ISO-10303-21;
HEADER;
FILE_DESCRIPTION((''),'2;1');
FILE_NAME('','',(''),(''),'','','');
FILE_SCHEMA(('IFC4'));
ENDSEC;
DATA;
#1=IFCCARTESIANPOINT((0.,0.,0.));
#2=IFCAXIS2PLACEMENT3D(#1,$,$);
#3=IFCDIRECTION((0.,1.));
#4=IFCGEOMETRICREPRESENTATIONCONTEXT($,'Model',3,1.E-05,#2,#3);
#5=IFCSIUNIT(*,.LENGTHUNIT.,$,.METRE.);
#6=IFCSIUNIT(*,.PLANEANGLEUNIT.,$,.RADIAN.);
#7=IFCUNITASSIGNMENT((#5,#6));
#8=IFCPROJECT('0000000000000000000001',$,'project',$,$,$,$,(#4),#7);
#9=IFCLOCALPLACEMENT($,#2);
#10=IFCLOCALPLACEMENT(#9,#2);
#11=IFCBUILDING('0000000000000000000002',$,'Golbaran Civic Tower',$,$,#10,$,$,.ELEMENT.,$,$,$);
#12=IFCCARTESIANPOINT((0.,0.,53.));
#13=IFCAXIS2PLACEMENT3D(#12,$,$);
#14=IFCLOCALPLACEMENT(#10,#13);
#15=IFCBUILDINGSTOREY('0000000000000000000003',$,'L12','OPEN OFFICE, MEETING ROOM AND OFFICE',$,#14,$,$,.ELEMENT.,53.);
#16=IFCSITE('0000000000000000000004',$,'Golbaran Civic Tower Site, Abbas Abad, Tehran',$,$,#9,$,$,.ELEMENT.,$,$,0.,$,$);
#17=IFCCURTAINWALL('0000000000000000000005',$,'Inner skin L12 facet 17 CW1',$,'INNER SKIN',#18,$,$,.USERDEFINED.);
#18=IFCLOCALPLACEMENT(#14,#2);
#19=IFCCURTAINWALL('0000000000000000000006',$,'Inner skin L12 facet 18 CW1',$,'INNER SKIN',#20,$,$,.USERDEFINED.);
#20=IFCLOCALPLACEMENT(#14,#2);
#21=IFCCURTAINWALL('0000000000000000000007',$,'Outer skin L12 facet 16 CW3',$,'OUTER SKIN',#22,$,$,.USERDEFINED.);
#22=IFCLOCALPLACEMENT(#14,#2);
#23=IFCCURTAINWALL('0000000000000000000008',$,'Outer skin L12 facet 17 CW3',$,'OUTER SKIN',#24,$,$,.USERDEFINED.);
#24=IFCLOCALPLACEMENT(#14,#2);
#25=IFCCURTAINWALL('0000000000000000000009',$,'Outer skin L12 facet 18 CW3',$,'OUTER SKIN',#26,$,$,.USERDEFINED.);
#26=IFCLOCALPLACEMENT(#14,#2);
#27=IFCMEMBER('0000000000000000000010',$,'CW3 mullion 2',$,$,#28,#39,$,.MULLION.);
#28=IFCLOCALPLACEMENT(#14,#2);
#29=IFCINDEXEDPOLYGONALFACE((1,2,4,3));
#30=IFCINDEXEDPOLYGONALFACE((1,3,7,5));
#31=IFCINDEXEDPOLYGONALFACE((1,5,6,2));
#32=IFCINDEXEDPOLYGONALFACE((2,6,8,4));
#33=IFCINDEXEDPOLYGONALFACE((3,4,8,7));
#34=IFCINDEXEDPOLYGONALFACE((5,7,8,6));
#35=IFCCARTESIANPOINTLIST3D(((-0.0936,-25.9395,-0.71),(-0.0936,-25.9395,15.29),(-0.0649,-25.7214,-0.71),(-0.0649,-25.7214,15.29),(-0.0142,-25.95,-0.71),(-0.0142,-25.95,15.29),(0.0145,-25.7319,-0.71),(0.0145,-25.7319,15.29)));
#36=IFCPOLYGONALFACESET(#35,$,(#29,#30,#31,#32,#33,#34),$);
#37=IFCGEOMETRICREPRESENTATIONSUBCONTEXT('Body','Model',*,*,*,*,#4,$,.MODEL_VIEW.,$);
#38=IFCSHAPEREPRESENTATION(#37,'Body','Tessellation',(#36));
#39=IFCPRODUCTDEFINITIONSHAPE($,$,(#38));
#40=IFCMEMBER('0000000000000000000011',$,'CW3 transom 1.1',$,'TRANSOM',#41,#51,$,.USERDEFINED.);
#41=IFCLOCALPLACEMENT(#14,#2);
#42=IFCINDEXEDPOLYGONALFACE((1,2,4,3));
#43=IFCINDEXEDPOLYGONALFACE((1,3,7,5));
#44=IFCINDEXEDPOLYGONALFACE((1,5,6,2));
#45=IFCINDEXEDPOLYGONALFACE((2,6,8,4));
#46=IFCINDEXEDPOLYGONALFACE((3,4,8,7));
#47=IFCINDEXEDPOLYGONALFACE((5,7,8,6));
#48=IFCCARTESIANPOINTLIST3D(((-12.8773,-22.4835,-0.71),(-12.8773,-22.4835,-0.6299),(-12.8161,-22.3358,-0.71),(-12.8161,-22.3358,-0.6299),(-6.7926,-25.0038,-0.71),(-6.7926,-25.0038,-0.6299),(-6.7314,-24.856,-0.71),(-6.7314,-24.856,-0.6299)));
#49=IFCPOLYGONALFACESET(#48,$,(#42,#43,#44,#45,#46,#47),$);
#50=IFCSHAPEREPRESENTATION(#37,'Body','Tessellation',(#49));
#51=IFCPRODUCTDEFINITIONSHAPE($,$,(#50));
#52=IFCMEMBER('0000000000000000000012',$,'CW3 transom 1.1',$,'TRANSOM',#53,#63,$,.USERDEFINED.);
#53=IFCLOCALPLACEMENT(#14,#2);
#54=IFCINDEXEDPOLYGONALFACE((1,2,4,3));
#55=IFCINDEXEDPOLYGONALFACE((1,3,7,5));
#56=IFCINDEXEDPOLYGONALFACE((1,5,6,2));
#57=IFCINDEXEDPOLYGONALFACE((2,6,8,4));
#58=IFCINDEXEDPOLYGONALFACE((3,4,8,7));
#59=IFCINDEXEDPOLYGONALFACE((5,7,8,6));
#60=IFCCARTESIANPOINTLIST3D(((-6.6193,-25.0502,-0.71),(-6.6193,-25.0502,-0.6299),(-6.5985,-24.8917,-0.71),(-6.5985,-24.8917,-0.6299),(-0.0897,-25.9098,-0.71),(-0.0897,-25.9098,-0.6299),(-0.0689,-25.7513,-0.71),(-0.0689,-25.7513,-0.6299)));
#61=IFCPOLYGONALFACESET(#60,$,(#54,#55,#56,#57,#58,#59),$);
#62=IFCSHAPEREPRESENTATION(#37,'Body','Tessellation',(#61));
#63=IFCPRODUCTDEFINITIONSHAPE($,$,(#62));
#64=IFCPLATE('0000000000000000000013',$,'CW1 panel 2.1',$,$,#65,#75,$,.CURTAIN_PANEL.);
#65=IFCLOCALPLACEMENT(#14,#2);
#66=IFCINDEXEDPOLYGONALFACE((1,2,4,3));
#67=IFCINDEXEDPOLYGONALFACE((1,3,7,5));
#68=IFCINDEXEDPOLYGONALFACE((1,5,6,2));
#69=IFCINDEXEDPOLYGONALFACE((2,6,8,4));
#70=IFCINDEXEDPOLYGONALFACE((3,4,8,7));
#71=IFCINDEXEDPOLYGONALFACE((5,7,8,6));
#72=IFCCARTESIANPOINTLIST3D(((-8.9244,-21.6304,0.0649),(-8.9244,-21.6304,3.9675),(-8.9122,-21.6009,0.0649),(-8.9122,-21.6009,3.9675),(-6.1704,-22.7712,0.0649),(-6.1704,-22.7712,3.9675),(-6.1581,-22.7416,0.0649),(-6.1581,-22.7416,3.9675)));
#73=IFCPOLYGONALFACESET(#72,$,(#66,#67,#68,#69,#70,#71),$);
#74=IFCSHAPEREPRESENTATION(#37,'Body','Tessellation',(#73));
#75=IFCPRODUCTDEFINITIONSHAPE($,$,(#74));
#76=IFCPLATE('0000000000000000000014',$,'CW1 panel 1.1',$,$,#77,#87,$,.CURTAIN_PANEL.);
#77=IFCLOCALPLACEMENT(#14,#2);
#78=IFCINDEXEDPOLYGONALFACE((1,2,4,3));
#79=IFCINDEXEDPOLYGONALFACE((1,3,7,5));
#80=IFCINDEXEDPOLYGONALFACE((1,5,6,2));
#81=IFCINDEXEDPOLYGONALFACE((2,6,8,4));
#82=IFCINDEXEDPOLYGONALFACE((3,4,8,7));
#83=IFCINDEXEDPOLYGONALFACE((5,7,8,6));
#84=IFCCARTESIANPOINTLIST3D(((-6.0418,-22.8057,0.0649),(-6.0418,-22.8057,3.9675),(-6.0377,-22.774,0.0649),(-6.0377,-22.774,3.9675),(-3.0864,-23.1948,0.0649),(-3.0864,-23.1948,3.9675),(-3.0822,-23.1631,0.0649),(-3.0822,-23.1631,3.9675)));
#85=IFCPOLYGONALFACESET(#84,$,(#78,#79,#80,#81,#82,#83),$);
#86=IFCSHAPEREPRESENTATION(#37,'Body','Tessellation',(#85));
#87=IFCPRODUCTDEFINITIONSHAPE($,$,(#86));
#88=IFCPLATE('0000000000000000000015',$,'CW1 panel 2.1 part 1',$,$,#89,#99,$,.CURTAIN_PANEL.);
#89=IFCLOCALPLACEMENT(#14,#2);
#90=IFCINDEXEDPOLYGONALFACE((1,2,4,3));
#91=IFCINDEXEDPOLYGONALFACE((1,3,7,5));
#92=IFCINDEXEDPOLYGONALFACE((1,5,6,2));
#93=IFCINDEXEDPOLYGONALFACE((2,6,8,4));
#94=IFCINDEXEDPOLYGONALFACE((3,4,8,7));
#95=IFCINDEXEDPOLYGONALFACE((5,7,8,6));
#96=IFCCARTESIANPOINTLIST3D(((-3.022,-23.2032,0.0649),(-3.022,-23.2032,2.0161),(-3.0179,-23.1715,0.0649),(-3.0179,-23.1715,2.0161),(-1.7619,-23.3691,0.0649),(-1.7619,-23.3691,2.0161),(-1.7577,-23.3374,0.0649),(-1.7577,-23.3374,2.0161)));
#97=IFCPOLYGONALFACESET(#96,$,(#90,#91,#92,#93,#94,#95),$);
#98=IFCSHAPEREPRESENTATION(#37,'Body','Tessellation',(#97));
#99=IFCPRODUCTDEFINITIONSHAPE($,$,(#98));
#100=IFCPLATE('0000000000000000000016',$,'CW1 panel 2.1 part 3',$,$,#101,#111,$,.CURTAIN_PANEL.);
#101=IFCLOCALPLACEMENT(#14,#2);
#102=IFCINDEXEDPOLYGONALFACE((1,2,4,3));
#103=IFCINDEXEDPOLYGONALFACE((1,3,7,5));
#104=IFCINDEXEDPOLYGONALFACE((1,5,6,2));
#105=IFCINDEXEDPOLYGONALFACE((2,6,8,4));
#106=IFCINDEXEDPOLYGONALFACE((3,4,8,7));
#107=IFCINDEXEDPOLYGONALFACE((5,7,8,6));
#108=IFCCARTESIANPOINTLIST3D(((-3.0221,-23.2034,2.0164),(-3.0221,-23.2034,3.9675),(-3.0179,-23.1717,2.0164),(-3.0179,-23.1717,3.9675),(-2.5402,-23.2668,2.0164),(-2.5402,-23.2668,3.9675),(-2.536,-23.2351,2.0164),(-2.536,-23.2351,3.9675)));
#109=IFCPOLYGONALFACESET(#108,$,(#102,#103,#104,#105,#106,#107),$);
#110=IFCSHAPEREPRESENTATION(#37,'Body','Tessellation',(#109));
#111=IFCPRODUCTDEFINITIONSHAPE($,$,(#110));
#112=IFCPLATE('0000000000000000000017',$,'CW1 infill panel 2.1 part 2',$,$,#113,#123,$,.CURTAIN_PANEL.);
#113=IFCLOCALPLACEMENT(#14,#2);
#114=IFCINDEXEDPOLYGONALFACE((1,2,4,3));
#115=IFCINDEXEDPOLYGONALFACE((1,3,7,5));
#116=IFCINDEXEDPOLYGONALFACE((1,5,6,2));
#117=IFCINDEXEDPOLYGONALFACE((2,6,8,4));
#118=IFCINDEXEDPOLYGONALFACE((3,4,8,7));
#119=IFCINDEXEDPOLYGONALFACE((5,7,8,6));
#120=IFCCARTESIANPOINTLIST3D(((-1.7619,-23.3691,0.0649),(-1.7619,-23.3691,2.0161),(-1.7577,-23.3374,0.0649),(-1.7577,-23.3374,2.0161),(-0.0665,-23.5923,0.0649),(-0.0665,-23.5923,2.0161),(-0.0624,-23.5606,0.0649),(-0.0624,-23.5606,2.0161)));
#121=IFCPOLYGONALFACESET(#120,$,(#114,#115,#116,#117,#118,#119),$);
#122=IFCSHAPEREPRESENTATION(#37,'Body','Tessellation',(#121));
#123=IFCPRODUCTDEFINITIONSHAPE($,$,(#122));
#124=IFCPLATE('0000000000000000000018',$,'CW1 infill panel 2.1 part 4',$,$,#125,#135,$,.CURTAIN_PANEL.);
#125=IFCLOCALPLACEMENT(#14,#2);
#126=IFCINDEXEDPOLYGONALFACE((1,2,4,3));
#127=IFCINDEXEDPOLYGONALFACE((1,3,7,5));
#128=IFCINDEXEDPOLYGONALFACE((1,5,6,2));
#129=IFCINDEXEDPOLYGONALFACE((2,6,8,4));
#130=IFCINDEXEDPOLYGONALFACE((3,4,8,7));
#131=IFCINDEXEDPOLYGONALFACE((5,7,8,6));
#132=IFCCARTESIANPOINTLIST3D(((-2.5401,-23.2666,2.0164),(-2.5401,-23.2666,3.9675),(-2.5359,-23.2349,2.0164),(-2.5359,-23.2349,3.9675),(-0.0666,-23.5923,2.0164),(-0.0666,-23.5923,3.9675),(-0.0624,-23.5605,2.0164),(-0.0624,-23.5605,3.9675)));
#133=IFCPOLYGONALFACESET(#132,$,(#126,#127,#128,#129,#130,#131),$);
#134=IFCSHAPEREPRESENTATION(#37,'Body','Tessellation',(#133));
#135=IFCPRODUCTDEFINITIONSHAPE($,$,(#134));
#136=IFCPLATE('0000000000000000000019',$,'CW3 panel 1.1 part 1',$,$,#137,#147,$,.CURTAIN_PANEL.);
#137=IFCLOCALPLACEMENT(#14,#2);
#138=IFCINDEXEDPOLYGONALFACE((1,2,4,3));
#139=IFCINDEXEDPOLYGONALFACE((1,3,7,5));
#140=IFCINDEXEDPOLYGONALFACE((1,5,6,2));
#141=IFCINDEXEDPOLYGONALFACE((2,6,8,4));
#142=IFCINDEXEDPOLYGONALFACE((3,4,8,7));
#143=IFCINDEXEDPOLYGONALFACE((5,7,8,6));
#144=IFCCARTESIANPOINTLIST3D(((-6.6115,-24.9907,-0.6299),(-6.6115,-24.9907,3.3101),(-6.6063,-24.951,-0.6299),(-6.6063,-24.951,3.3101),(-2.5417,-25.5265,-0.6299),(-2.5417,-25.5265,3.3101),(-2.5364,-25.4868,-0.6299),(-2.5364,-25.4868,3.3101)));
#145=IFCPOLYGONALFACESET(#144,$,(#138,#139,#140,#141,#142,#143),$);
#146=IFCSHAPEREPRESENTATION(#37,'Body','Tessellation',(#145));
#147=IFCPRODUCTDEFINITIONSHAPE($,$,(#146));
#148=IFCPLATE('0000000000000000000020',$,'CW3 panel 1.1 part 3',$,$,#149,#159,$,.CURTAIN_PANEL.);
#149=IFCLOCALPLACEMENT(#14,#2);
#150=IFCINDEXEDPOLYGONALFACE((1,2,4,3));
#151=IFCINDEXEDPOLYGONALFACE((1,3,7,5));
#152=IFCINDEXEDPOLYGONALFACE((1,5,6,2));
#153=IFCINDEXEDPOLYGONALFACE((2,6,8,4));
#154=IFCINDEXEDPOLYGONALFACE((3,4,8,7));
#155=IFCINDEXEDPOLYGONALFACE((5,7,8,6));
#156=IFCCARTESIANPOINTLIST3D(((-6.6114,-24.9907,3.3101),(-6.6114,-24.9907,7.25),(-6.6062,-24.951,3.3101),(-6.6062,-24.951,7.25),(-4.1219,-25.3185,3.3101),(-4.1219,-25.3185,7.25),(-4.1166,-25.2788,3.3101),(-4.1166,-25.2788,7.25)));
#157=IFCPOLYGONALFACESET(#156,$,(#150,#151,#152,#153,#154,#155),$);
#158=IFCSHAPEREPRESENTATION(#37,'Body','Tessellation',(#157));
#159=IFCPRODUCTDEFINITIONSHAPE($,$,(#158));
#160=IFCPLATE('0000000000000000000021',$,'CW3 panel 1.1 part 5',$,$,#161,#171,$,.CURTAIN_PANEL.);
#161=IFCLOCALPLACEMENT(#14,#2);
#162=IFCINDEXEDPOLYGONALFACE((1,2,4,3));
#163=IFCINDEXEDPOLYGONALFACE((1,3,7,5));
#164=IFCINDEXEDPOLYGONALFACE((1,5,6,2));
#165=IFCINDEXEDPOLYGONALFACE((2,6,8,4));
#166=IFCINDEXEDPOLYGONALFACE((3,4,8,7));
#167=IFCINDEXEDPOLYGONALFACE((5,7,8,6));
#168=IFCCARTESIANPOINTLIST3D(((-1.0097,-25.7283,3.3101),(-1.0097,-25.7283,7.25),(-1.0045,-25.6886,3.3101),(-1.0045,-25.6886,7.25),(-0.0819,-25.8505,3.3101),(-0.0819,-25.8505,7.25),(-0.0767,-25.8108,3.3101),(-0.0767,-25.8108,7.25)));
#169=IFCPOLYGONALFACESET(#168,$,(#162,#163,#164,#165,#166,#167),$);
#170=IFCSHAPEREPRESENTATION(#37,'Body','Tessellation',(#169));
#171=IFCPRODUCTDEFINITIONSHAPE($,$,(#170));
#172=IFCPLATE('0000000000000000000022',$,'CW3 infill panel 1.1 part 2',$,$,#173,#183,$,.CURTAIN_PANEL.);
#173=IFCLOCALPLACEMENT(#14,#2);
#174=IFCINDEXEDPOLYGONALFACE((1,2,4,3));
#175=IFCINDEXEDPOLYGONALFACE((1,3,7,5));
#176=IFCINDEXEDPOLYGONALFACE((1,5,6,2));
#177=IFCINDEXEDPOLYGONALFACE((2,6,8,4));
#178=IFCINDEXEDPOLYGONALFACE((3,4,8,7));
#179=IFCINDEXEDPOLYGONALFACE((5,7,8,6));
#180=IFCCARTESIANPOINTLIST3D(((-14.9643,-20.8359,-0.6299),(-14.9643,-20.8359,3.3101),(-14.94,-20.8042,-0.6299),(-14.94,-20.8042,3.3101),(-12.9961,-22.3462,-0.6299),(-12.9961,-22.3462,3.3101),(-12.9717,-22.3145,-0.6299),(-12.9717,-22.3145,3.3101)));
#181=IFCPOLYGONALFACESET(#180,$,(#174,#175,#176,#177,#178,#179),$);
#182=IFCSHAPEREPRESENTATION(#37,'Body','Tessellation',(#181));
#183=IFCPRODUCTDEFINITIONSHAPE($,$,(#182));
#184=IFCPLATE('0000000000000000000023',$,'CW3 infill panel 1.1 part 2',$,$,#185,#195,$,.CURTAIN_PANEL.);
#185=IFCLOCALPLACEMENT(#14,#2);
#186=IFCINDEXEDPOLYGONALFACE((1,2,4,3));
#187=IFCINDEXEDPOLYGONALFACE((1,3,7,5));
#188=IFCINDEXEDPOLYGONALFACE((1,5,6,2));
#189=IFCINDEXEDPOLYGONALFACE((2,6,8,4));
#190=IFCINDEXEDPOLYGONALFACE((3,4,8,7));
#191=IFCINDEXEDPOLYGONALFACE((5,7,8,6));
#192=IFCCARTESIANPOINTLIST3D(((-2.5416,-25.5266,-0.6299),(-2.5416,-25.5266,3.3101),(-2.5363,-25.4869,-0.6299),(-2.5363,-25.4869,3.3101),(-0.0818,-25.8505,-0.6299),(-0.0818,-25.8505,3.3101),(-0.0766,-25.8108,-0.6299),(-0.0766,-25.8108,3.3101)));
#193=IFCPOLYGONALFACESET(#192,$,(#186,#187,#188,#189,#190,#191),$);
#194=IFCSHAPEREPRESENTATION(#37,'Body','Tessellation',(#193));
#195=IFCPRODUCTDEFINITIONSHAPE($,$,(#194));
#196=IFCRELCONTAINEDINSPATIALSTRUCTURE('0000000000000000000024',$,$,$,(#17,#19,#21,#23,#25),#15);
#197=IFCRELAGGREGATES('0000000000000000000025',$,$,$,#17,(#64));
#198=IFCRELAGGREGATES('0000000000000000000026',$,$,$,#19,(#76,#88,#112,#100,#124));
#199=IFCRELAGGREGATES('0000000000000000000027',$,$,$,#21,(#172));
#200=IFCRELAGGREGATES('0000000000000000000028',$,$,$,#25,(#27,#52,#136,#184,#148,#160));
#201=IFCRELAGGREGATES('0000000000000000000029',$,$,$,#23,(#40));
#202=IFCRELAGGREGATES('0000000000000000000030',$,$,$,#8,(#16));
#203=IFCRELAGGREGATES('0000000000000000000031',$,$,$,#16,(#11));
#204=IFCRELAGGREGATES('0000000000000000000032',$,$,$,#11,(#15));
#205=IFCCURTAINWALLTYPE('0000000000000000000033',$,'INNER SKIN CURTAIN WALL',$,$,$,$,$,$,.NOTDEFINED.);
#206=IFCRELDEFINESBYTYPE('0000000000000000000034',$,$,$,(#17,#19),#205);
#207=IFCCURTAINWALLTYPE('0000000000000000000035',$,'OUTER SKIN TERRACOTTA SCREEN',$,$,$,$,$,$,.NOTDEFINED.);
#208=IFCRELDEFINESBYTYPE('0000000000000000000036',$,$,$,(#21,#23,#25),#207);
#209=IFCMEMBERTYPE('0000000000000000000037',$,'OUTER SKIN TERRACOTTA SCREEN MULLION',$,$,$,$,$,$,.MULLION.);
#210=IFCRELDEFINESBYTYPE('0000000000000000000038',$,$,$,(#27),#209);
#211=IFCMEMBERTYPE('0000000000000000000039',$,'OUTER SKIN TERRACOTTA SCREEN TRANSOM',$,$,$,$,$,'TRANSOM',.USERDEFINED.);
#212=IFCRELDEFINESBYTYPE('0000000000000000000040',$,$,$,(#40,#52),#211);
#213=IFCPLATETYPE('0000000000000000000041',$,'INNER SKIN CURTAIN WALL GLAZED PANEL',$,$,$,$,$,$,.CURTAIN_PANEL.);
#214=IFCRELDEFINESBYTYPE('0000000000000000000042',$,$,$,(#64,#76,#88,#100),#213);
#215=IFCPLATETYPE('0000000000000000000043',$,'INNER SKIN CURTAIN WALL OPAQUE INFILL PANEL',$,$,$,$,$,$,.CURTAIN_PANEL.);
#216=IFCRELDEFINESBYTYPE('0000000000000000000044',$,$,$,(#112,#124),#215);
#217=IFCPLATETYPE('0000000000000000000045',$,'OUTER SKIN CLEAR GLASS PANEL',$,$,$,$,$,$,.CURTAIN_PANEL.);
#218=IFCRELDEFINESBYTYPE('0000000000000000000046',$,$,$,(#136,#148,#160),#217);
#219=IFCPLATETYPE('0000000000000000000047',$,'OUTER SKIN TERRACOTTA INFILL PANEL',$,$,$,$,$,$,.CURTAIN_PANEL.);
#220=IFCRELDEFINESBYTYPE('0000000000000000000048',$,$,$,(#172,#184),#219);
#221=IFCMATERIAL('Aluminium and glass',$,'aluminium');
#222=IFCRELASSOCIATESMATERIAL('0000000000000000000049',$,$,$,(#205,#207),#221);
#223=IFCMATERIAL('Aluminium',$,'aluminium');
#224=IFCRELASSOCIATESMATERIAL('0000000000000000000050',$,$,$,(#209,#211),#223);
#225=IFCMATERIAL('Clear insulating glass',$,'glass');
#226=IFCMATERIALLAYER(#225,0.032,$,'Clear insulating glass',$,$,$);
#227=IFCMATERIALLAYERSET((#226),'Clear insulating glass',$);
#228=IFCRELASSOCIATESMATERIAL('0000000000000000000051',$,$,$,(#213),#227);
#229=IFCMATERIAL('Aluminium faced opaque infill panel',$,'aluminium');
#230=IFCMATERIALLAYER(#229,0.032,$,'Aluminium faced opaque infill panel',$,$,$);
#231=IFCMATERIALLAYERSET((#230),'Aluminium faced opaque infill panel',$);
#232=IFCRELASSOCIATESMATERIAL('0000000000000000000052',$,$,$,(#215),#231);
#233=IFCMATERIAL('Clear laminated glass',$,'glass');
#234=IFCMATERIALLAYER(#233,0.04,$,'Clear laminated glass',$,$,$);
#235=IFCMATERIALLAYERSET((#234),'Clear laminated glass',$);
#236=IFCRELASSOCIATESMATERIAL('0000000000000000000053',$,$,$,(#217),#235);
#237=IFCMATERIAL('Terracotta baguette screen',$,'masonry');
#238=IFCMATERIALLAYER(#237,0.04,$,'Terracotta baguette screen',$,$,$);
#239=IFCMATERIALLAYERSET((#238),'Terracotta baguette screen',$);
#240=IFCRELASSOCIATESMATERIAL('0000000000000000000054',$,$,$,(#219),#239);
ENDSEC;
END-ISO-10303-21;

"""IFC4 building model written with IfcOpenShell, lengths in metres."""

from ifc_helpers import new_model, si_unit, direction, frame, origin, origin_2d, place, context, subcontext, project, spatial, rectangle, extrude, material, layer, layer_set, material_profile, profile_set, type_object, element, aggregate, save


model = new_model("IFC4")

# Units and contexts
model_context = context("Model", 3, precision=1e-05, world=origin(), true_north=direction((0.0, 1.0)))
body_context = subcontext(model_context, "Body", "Model", "MODEL_VIEW")
ifc_project = project(units=[si_unit("LENGTHUNIT", "METRE"), si_unit("PLANEANGLEUNIT", "RADIAN")], contexts=[model_context])

# Site, building, storey
site_placement = place(None, origin())
site = spatial("IfcSite", under=ifc_project, at=site_placement, Name="Golbaran Civic Tower Site, Abbas Abad, Tehran", CompositionType="ELEMENT", RefElevation=0.0)
building_placement = place(site_placement, origin())
building = spatial("IfcBuilding", under=site, at=building_placement, Name="Golbaran Civic Tower", CompositionType="ELEMENT")
storey_placement = place(building_placement, frame((0.0, 0.0, 53.0)))
storey = spatial("IfcBuildingStorey", under=building, at=storey_placement, Name="L12", Description="OPEN OFFICE, MEETING ROOM AND OFFICE", CompositionType="ELEMENT", Elevation=53.0)

# Curtain walls
ifc_material_1 = material(Name="Aluminium and glass", Category="aluminium")
curtain_wall_type_1 = type_object("IfcCurtainWallType", Name="INNER SKIN CURTAIN WALL", PredefinedType="NOTDEFINED", material=ifc_material_1)
curtain_wall_1_placement = place(storey_placement, origin())
curtain_wall_1 = element("IfcCurtainWall", 1, at=curtain_wall_1_placement, inside=storey, type_object=curtain_wall_type_1, Name="Inner skin L12 facet 17 CW1", ObjectType="INNER SKIN", PredefinedType="USERDEFINED")
ifc_material_2 = material(Name="Aluminium", Category="aluminium")
curtain_wall_2_placement = place(storey_placement, origin())
curtain_wall_2 = element("IfcCurtainWall", 2, at=curtain_wall_2_placement, inside=storey, type_object=curtain_wall_type_1, Name="Inner skin L12 facet 18 CW1", ObjectType="INNER SKIN", PredefinedType="USERDEFINED")

# Curtain wall
curtain_wall_type_2 = type_object("IfcCurtainWallType", Name="OUTER SKIN TERRACOTTA SCREEN", PredefinedType="NOTDEFINED", material=ifc_material_1)
curtain_wall_3_placement = place(storey_placement, origin())
curtain_wall_3 = element("IfcCurtainWall", 3, at=curtain_wall_3_placement, inside=storey, type_object=curtain_wall_type_2, Name="Outer skin L12 facet 16 CW3", ObjectType="OUTER SKIN", PredefinedType="USERDEFINED")
ifc_material_profile_1 = material_profile(ifc_material_2, rectangle(XDim=0.22, YDim=0.0801, at=origin_2d()), Name="OUTER SKIN TERRACOTTA SCREEN MULLION")
ifc_profile_set_1 = profile_set([ifc_material_profile_1], Name="Aluminium")
member_type_1 = type_object("IfcMemberType", Name="OUTER SKIN TERRACOTTA SCREEN MULLION", PredefinedType="MULLION", material=ifc_profile_set_1)

# Curtain walls, member
curtain_wall_4_placement = place(storey_placement, origin())
curtain_wall_4 = element("IfcCurtainWall", 4, at=curtain_wall_4_placement, inside=storey, type_object=curtain_wall_type_2, Name="Outer skin L12 facet 17 CW3", ObjectType="OUTER SKIN", PredefinedType="USERDEFINED")
curtain_wall_5_placement = place(storey_placement, origin())
curtain_wall_5 = element("IfcCurtainWall", 5, at=curtain_wall_5_placement, inside=storey, type_object=curtain_wall_type_2, Name="Outer skin L12 facet 18 CW3", ObjectType="OUTER SKIN", PredefinedType="USERDEFINED")
member_1_placement = place(storey_placement, frame((-0.0396, -25.8357, -0.71), z_axis=(0.0, 0.0, 1.0), x_axis=(0.130526, 0.991445, 0.0)))
member_1 = element("IfcMember", 6, at=member_1_placement, type_object=member_type_1, Name="CW3 mullion 2", PredefinedType="MULLION", context=body_context, shape_type="SweptSolid", body=[
    extrude(rectangle(XDim=0.22, YDim=0.0801, at=origin_2d()), origin(), (0.0, 0.0, 1.0), 16.0),
])

# Members
ifc_material_profile_2 = material_profile(ifc_material_2, rectangle(XDim=0.1599, YDim=0.0801, at=origin_2d()), Name="OUTER SKIN TERRACOTTA SCREEN TRANSOM")
ifc_profile_set_2 = profile_set([ifc_material_profile_2], Name="Aluminium")
member_type_2 = type_object("IfcMemberType", Name="OUTER SKIN TERRACOTTA SCREEN TRANSOM", ElementType="TRANSOM", PredefinedType="USERDEFINED", material=ifc_profile_set_2)
member_2_placement = place(storey_placement, frame((-12.8467, -22.4097, -0.6699), z_axis=(0.923885, -0.382669, 0.0), x_axis=(0.382669, 0.923885, 0.0)))
member_2 = element("IfcMember", 7, at=member_2_placement, type_object=member_type_2, Name="CW3 transom 1.1", ObjectType="TRANSOM", PredefinedType="USERDEFINED", context=body_context, shape_type="SweptSolid", body=[
    extrude(rectangle(XDim=0.1599, YDim=0.0801, at=origin_2d()), origin(), (0.0, 0.0, 1.0), 6.5859),
])
member_3_placement = place(storey_placement, frame((-6.6089, -24.9709, -0.6699), z_axis=(0.991445, -0.130525, 0.0), x_axis=(0.130525, 0.991445, 0.0)))
member_3 = element("IfcMember", 8, at=member_3_placement, type_object=member_type_2, Name="CW3 transom 1.1", ObjectType="TRANSOM", PredefinedType="USERDEFINED", context=body_context, shape_type="SweptSolid", body=[
    extrude(rectangle(XDim=0.1599, YDim=0.0801, at=origin_2d()), origin(), (0.0, 0.0, 1.0), 6.5859),
])

# Plates
ifc_material_3 = material(Name="Clear insulating glass", Category="glass")
ifc_layer_1 = layer(ifc_material_3, 0.032, Name="Clear insulating glass")
ifc_layer_set_1 = layer_set([ifc_layer_1], Name="Clear insulating glass")
plate_type_1 = type_object("IfcPlateType", Name="INNER SKIN CURTAIN WALL GLAZED PANEL", PredefinedType="CURTAIN_PANEL", material=ifc_layer_set_1)
plate_1_placement = place(storey_placement, frame((-7.5413, -22.186, 0.0649), z_axis=(0.0, 0.0, 1.0), x_axis=(0.92388, -0.382683, 0.0)))
plate_1 = element("IfcPlate", 9, at=plate_1_placement, type_object=plate_type_1, Name="CW1 panel 2.1", PredefinedType="CURTAIN_PANEL", context=body_context, shape_type="SweptSolid", body=[
    extrude(rectangle(XDim=2.981, YDim=0.032, at=origin_2d()), origin(), (0.0, 0.0, 1.0), 3.9026),
])
aggregate(curtain_wall_1, [plate_1])
plate_2_placement = place(storey_placement, frame((-4.562, -22.9844, 0.0649), z_axis=(0.0, 0.0, 1.0), x_axis=(0.991445, -0.130526, 0.0)))
plate_2 = element("IfcPlate", 10, at=plate_2_placement, type_object=plate_type_1, Name="CW1 panel 1.1", PredefinedType="CURTAIN_PANEL", context=body_context, shape_type="SweptSolid", body=[
    extrude(rectangle(XDim=2.981, YDim=0.032, at=origin_2d()), origin(), (0.0, 0.0, 1.0), 3.9026),
])
plate_3_placement = place(storey_placement, frame((-2.3899, -23.2703, 0.0649), z_axis=(0.0, 0.0, 1.0), x_axis=(0.991445, -0.130526, 0.0)))
plate_3 = element("IfcPlate", 11, at=plate_3_placement, type_object=plate_type_1, Name="CW1 panel 2.1 part 1", PredefinedType="CURTAIN_PANEL", context=body_context, shape_type="SweptSolid", body=[
    extrude(rectangle(XDim=1.271, YDim=0.032, at=origin_2d()), origin(), (0.0, 0.0, 1.0), 1.9512),
])
plate_4_placement = place(storey_placement, frame((-2.7791, -23.2192, 2.0164), z_axis=(0.0, 0.0, 1.0), x_axis=(0.991445, -0.130526, 0.0)))
plate_4 = element("IfcPlate", 12, at=plate_4_placement, type_object=plate_type_1, Name="CW1 panel 2.1 part 3", PredefinedType="CURTAIN_PANEL", context=body_context, shape_type="SweptSolid", body=[
    extrude(rectangle(XDim=0.4861, YDim=0.032, at=origin_2d()), origin(), (0.0, 0.0, 1.0), 1.9512),
])
ifc_material_4 = material(Name="Aluminium faced opaque infill panel", Category="aluminium")
ifc_layer_2 = layer(ifc_material_4, 0.032, Name="Aluminium faced opaque infill panel")
ifc_layer_set_2 = layer_set([ifc_layer_2], Name="Aluminium faced opaque infill panel")
plate_type_2 = type_object("IfcPlateType", Name="INNER SKIN CURTAIN WALL OPAQUE INFILL PANEL", PredefinedType="CURTAIN_PANEL", material=ifc_layer_set_2)
plate_5_placement = place(storey_placement, frame((-0.9121, -23.4648, 0.0649), z_axis=(0.0, 0.0, 1.0), x_axis=(0.991445, -0.130526, 0.0)))
plate_5 = element("IfcPlate", 13, at=plate_5_placement, type_object=plate_type_2, Name="CW1 infill panel 2.1 part 2", PredefinedType="CURTAIN_PANEL", context=body_context, shape_type="SweptSolid", body=[
    extrude(rectangle(XDim=1.71, YDim=0.032, at=origin_2d()), origin(), (0.0, 0.0, 1.0), 1.9512),
])
plate_6_placement = place(storey_placement, frame((-1.3013, -23.4136, 2.0164), z_axis=(0.0, 0.0, 1.0), x_axis=(0.991445, -0.130526, 0.0)))
plate_6 = element("IfcPlate", 14, at=plate_6_placement, type_object=plate_type_2, Name="CW1 infill panel 2.1 part 4", PredefinedType="CURTAIN_PANEL", context=body_context, shape_type="SweptSolid", body=[
    extrude(rectangle(XDim=2.4949, YDim=0.032, at=origin_2d()), origin(), (0.0, 0.0, 1.0), 1.9512),
])
aggregate(curtain_wall_2, [plate_2, plate_3, plate_5, plate_4, plate_6])
ifc_material_5 = material(Name="Clear laminated glass", Category="glass")
ifc_layer_3 = layer(ifc_material_5, 0.04, Name="Clear laminated glass")
ifc_layer_set_3 = layer_set([ifc_layer_3], Name="Clear laminated glass")
plate_type_3 = type_object("IfcPlateType", Name="OUTER SKIN CLEAR GLASS PANEL", PredefinedType="CURTAIN_PANEL", material=ifc_layer_set_3)
plate_7_placement = place(storey_placement, frame((-4.574, -25.2388, -0.6299), z_axis=(0.0, 0.0, 1.0), x_axis=(0.991445, -0.130526, 0.0)))
plate_7 = element("IfcPlate", 15, at=plate_7_placement, type_object=plate_type_3, Name="CW3 panel 1.1 part 1", PredefinedType="CURTAIN_PANEL", context=body_context, shape_type="SweptSolid", body=[
    extrude(rectangle(XDim=4.105, YDim=0.04, at=origin_2d()), origin(), (0.0, 0.0, 1.0), 3.9399),
])
plate_8_placement = place(storey_placement, frame((-5.364, -25.1348, 3.3101), z_axis=(0.0, 0.0, 1.0), x_axis=(0.991445, -0.130526, 0.0)))
plate_8 = element("IfcPlate", 16, at=plate_8_placement, type_object=plate_type_3, Name="CW3 panel 1.1 part 3", PredefinedType="CURTAIN_PANEL", context=body_context, shape_type="SweptSolid", body=[
    extrude(rectangle(XDim=2.511, YDim=0.04, at=origin_2d()), origin(), (0.0, 0.0, 1.0), 3.9399),
])
plate_9_placement = place(storey_placement, frame((-0.5432, -25.7695, 3.3101), z_axis=(0.0, 0.0, 1.0), x_axis=(0.991445, -0.130526, 0.0)))
plate_9 = element("IfcPlate", 17, at=plate_9_placement, type_object=plate_type_3, Name="CW3 panel 1.1 part 5", PredefinedType="CURTAIN_PANEL", context=body_context, shape_type="SweptSolid", body=[
    extrude(rectangle(XDim=0.9358, YDim=0.04, at=origin_2d()), origin(), (0.0, 0.0, 1.0), 3.9399),
])
ifc_material_6 = material(Name="Terracotta baguette screen", Category="masonry")
ifc_layer_4 = layer(ifc_material_6, 0.04, Name="Terracotta baguette screen")
ifc_layer_set_4 = layer_set([ifc_layer_4], Name="Terracotta baguette screen")
plate_type_4 = type_object("IfcPlateType", Name="OUTER SKIN TERRACOTTA INFILL PANEL", PredefinedType="CURTAIN_PANEL", material=ifc_layer_set_4)
plate_10_placement = place(storey_placement, frame((-13.968, -21.5752, -0.6299), z_axis=(0.0, 0.0, 1.0), x_axis=(0.793353, -0.608761, 0.0)))
plate_10 = element("IfcPlate", 18, at=plate_10_placement, type_object=plate_type_4, Name="CW3 infill panel 1.1 part 2", PredefinedType="CURTAIN_PANEL", context=body_context, shape_type="SweptSolid", body=[
    extrude(rectangle(XDim=2.481, YDim=0.04, at=origin_2d()), origin(), (0.0, 0.0, 1.0), 3.9399),
])
aggregate(curtain_wall_3, [plate_10])
plate_11_placement = place(storey_placement, frame((-1.3091, -25.6687, -0.6299), z_axis=(0.0, 0.0, 1.0), x_axis=(0.991445, -0.130526, 0.0)))
plate_11 = element("IfcPlate", 19, at=plate_11_placement, type_object=plate_type_4, Name="CW3 infill panel 1.1 part 2", PredefinedType="CURTAIN_PANEL", context=body_context, shape_type="SweptSolid", body=[
    extrude(rectangle(XDim=2.481, YDim=0.04, at=origin_2d()), origin(), (0.0, 0.0, 1.0), 3.9399),
])
aggregate(curtain_wall_5, [member_1, member_3, plate_7, plate_11, plate_8, plate_9])
aggregate(curtain_wall_4, [member_2])

save(model, "model.ifc")
